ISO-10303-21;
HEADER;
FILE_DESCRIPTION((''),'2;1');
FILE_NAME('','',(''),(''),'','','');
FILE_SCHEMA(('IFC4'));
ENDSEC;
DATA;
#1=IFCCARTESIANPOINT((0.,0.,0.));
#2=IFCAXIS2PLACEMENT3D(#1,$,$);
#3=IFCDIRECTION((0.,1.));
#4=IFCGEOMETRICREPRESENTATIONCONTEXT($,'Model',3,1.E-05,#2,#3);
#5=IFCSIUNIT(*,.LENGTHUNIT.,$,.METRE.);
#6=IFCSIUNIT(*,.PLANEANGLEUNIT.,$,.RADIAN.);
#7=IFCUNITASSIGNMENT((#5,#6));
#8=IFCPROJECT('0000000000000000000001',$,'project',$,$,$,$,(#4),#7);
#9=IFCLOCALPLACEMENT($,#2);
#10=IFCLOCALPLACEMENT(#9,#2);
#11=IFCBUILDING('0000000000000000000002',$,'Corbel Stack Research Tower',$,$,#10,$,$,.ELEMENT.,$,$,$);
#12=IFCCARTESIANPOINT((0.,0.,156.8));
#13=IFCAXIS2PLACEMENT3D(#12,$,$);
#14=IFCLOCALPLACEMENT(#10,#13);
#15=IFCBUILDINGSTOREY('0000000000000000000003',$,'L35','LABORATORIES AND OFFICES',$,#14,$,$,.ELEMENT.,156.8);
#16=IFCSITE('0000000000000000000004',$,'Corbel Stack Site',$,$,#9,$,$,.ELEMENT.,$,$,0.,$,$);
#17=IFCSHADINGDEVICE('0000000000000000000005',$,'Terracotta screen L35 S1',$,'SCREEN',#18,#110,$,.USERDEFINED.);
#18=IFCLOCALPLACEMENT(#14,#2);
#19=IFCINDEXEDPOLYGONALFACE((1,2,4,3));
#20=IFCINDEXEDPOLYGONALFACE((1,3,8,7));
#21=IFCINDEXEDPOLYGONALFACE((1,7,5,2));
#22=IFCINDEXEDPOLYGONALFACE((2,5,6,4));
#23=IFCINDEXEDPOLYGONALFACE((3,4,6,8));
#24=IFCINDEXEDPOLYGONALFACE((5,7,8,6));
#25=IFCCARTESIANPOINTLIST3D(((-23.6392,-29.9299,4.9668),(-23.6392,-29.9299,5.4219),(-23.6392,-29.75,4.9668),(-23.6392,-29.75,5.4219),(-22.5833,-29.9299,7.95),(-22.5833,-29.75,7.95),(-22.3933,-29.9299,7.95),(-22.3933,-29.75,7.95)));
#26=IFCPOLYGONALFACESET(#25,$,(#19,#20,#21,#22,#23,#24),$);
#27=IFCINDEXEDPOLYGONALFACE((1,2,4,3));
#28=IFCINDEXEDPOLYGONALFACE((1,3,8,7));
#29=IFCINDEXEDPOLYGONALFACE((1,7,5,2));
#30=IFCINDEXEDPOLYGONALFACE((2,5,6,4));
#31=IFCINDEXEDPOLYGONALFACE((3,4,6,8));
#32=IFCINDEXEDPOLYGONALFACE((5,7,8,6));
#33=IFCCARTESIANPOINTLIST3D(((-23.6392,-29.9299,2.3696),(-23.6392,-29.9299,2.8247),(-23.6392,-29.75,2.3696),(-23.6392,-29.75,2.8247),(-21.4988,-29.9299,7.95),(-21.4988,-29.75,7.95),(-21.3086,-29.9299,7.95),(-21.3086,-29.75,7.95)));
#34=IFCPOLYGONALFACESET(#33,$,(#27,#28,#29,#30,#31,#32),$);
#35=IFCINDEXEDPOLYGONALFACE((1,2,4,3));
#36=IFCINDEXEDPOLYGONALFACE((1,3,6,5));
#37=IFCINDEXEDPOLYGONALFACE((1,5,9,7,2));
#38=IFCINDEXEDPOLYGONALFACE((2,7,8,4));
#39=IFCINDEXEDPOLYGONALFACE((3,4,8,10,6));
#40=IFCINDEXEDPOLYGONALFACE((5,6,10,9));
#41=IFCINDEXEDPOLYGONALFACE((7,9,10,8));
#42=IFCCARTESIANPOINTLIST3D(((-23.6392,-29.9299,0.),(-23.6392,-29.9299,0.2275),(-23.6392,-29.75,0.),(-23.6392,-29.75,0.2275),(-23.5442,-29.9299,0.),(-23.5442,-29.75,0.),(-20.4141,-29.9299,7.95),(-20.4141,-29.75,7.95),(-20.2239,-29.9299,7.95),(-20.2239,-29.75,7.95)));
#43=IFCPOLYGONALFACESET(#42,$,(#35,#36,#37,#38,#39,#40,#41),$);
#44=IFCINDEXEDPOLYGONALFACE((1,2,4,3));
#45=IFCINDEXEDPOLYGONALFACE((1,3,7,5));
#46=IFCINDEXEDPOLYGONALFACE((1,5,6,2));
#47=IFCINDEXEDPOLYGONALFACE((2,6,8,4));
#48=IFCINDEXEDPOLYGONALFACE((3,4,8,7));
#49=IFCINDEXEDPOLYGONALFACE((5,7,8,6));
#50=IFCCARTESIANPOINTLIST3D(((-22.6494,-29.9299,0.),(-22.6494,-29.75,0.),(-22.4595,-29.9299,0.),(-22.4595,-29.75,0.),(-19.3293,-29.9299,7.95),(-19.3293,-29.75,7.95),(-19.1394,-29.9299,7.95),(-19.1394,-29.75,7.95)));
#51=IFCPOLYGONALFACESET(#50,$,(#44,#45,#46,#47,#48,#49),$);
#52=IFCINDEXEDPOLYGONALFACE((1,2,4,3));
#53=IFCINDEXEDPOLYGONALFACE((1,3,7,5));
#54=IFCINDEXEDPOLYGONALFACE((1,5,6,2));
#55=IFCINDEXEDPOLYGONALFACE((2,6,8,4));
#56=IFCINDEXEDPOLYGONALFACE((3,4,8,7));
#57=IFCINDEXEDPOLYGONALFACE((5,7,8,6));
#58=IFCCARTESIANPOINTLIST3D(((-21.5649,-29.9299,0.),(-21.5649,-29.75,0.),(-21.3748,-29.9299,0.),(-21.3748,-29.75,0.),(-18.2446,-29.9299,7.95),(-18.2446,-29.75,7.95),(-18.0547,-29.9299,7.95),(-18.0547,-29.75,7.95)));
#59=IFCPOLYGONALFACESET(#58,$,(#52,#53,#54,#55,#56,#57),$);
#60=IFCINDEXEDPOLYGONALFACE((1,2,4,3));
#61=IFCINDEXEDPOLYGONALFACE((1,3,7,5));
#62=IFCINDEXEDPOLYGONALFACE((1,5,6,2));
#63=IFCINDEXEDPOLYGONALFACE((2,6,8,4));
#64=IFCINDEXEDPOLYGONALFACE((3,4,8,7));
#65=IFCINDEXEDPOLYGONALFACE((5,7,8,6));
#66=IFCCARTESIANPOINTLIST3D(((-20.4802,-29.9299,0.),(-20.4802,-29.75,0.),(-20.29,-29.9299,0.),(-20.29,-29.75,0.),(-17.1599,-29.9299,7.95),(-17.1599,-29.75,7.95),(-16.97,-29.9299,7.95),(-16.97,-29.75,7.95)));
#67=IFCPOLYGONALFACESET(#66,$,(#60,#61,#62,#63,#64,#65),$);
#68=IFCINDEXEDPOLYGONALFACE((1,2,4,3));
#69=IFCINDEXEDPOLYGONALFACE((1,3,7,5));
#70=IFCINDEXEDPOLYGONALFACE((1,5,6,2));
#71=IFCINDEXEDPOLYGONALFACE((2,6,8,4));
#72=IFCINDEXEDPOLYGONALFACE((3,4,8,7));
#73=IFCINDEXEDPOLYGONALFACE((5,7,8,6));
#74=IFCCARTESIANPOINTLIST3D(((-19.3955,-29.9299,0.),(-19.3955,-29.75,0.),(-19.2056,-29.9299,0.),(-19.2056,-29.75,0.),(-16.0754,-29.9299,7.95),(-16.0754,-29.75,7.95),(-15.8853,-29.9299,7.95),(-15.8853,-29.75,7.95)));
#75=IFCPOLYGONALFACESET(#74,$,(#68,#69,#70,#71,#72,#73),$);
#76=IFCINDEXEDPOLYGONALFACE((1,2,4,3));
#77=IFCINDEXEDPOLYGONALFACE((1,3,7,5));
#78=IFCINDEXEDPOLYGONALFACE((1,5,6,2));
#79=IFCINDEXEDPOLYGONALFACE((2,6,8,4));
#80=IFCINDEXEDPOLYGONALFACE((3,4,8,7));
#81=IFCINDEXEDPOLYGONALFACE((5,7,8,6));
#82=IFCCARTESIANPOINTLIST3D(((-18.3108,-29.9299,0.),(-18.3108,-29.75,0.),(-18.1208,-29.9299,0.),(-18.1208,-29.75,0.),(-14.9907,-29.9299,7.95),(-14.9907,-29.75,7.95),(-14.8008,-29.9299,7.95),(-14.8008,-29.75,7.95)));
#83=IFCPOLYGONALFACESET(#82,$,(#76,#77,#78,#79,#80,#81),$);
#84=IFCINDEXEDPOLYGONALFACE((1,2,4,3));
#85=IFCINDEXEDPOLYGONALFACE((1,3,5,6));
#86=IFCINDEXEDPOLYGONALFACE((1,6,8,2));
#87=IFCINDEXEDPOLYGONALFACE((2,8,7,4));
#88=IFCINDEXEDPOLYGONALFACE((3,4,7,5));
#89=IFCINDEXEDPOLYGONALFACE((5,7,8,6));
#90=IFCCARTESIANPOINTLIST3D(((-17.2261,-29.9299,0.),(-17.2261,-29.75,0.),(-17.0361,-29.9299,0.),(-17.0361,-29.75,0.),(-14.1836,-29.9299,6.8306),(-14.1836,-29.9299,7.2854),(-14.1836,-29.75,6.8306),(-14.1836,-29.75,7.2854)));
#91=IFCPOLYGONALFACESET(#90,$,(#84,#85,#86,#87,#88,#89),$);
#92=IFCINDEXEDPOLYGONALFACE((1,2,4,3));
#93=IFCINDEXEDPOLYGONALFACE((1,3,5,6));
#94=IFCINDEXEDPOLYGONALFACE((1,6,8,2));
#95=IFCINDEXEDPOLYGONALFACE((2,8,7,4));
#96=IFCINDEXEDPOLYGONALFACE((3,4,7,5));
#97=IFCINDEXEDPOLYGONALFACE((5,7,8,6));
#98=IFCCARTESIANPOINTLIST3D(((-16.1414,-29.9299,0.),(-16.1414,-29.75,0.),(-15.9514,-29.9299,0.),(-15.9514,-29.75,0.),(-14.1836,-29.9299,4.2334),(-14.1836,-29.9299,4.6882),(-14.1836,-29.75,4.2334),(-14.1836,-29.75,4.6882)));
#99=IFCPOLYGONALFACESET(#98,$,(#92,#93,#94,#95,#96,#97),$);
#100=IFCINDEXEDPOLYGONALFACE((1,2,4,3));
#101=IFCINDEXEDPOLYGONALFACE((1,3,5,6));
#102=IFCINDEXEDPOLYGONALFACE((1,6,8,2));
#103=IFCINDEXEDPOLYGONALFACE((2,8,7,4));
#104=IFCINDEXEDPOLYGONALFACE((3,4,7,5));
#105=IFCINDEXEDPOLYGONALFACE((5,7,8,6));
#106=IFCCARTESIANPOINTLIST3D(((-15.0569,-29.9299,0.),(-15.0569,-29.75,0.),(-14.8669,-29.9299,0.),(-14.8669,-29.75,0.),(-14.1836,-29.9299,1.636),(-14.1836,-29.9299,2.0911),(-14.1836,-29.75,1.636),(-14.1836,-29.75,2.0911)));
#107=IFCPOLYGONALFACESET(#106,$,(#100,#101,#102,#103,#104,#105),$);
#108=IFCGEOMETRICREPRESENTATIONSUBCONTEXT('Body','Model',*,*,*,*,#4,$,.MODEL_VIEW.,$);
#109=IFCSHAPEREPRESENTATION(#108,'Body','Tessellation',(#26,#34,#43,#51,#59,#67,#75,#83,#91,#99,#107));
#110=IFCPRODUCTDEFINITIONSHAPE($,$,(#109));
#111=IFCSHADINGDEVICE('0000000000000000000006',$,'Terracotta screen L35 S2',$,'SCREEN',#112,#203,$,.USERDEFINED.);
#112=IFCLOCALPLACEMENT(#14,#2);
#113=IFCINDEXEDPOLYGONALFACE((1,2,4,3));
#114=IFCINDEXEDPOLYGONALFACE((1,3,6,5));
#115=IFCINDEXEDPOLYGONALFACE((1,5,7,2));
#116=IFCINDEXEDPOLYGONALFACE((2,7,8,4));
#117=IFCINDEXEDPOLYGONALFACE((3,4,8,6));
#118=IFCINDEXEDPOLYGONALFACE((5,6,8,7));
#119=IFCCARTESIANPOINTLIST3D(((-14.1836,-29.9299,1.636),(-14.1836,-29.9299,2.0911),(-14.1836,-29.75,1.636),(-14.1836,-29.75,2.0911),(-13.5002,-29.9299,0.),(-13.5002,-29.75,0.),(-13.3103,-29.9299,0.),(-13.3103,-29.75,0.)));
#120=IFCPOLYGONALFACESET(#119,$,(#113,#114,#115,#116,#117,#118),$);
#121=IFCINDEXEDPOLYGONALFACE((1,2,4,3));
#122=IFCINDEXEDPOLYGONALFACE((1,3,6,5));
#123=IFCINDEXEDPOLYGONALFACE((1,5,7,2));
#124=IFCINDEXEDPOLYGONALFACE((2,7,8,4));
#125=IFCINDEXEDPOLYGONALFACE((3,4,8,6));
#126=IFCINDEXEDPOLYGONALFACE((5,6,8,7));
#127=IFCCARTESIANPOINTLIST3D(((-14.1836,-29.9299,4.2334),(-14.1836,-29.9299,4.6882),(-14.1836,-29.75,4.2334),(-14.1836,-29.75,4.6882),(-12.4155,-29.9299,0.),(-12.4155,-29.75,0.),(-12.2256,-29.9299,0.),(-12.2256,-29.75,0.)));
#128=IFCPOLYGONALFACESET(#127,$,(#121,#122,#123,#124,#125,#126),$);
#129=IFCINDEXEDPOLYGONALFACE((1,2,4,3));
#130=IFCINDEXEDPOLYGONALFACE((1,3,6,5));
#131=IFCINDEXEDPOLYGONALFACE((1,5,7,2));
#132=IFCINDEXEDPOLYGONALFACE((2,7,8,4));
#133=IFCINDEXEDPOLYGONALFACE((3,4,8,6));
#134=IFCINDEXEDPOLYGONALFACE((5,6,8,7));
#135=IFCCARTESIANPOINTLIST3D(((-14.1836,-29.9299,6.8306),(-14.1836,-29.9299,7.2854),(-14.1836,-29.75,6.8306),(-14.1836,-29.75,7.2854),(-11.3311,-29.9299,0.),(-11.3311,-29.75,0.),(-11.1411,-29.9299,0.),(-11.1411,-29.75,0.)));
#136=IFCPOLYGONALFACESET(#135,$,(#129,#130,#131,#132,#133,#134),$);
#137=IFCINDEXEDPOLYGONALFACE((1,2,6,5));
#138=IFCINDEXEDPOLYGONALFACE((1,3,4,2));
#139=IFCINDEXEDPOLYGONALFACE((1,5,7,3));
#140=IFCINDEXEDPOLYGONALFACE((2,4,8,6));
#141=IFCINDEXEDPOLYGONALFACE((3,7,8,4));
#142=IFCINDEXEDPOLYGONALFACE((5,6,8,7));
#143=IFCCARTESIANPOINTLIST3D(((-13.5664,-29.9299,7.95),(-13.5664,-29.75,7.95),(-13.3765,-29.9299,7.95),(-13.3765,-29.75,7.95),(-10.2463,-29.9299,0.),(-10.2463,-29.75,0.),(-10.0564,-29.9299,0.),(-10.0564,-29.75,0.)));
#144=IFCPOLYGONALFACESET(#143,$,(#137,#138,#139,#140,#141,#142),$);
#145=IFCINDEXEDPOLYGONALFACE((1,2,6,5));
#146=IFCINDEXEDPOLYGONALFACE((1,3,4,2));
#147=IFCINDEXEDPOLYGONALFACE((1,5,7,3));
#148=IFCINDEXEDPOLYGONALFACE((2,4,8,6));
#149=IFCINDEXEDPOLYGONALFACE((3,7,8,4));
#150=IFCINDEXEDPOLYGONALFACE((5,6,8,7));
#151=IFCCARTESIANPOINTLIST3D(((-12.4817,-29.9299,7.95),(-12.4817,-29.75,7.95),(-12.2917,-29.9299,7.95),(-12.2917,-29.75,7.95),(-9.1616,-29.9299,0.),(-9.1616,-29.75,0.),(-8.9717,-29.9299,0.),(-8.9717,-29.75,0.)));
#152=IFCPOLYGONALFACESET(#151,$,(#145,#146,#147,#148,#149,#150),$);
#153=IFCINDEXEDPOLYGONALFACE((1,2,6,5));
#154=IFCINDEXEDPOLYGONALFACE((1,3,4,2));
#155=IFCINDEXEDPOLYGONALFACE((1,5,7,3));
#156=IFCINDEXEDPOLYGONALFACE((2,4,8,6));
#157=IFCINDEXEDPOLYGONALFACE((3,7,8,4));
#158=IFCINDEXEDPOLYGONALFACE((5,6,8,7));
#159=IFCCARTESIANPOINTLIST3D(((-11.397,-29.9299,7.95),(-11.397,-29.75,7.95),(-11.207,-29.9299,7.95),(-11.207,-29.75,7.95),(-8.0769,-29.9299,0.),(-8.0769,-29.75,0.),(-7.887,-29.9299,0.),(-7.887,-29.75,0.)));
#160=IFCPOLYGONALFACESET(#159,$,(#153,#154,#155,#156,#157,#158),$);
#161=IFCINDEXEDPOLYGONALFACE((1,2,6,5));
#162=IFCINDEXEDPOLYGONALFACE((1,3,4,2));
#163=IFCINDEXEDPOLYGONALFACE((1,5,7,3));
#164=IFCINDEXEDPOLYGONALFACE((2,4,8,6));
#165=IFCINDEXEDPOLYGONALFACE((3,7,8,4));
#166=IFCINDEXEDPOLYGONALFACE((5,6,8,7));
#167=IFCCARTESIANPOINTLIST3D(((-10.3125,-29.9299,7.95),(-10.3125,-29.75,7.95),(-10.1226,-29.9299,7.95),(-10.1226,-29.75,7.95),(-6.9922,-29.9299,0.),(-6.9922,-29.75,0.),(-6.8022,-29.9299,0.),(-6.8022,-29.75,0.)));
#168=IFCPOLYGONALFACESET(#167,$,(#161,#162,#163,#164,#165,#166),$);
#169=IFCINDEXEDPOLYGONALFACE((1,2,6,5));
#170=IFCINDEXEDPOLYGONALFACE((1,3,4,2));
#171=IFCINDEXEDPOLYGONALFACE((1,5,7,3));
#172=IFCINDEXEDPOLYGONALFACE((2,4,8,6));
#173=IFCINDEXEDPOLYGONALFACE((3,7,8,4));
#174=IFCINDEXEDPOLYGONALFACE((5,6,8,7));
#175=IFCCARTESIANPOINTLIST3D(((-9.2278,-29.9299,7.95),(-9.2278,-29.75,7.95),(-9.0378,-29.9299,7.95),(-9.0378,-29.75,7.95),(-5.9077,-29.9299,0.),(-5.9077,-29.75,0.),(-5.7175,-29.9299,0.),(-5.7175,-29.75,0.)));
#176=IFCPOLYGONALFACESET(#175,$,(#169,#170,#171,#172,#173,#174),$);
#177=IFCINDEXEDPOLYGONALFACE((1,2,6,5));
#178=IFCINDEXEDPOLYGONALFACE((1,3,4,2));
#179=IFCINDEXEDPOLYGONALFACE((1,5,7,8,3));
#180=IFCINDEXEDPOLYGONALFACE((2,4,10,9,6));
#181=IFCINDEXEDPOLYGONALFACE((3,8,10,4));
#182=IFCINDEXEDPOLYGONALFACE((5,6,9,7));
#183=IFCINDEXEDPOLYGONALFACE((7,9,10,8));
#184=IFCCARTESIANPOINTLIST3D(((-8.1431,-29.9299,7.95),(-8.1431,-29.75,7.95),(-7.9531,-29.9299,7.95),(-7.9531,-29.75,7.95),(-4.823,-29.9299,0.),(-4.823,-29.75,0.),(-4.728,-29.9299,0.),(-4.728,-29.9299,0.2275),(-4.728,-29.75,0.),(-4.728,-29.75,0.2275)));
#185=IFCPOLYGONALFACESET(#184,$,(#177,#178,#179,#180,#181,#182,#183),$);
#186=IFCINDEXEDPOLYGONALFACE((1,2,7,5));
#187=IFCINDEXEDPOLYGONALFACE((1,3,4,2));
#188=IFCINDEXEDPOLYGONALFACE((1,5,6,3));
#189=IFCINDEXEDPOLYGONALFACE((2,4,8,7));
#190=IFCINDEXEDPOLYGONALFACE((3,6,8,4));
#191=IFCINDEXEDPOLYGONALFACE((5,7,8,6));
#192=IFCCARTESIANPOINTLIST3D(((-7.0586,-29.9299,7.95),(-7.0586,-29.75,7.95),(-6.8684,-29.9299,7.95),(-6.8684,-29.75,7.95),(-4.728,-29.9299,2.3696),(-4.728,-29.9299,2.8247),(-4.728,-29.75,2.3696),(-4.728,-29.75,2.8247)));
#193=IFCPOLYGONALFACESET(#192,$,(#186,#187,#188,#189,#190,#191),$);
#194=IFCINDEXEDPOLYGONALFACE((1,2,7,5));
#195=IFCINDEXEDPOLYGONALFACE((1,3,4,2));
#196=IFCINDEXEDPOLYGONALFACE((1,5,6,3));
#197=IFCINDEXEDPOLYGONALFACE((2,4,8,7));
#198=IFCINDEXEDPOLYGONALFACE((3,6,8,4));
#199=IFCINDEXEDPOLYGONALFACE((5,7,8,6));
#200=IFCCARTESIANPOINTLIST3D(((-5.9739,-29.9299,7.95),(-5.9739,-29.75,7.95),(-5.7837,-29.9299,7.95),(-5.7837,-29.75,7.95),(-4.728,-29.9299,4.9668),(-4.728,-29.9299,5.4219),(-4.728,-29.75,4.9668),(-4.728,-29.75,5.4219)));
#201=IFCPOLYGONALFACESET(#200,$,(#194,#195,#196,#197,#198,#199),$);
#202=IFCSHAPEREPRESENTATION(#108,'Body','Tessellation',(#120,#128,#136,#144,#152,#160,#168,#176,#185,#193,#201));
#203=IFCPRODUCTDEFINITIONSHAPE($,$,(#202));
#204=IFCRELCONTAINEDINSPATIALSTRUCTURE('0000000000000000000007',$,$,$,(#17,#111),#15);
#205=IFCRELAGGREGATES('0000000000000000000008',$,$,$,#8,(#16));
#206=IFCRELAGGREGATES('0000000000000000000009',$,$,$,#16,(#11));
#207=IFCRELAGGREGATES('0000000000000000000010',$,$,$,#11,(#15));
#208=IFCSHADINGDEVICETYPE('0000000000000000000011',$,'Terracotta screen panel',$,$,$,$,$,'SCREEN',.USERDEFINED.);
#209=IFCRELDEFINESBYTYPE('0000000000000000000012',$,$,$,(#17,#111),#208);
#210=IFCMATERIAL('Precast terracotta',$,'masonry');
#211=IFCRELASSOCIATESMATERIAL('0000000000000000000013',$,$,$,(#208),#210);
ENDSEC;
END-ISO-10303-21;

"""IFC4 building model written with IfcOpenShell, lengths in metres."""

from ifc_helpers import new_model, si_unit, direction, frame, origin, place, context, subcontext, project, spatial, polyline, outline, extrude, source, transform, mapped, material, type_object, element, save


model = new_model("IFC4")

# Units and contexts
model_context = context("Model", 3, precision=1e-05, world=origin(), true_north=direction((0.0, 1.0)))
body_context = subcontext(model_context, "Body", "Model", "MODEL_VIEW")
ifc_project = project(units=[si_unit("LENGTHUNIT", "METRE"), si_unit("PLANEANGLEUNIT", "RADIAN")], contexts=[model_context])

# Site, building, storey
site_placement = place(None, origin())
site = spatial("IfcSite", under=ifc_project, at=site_placement, Name="Corbel Stack Site", CompositionType="ELEMENT", RefElevation=0.0)
building_placement = place(site_placement, origin())
building = spatial("IfcBuilding", under=site, at=building_placement, Name="Corbel Stack Research Tower", CompositionType="ELEMENT")
storey_placement = place(building_placement, frame((0.0, 0.0, 156.8)))
storey = spatial("IfcBuildingStorey", under=building, at=storey_placement, Name="L35", Description="LABORATORIES AND OFFICES", CompositionType="ELEMENT", Elevation=156.8)

# Shading devices
ifc_material_1 = material(Name="Precast terracotta", Category="masonry")
shading_device_type = type_object("IfcShadingDeviceType", Name="Terracotta screen panel", ElementType="SCREEN", PredefinedType="USERDEFINED", material=ifc_material_1)
shared_shape_1 = source(origin(), body_context, "Body", "SweptSolid", [
    extrude(outline(polyline([(1.2458, 7.95), (1.0559, 7.95), (0.0, 5.4219), (0.0, 4.9668), (1.2458, 7.95)])), frame((0.0, 0.0, 0.0), z_axis=(0.0, -1.0, 0.0), x_axis=(1.0, 0.0, 0.0)), (0.0, 0.0, 1.0), 0.1799),
    extrude(outline(polyline([(2.3306, 7.95), (2.1404, 7.95), (0.0, 2.8247), (0.0, 2.3696), (2.3306, 7.95)])), frame((0.0, 0.0, 0.0), z_axis=(0.0, -1.0, 0.0), x_axis=(1.0, 0.0, 0.0)), (0.0, 0.0, 1.0), 0.1799),
    extrude(outline(polyline([(0.095, 0.0), (3.4153, 7.95), (3.2251, 7.95), (0.0, 0.2275), (0.0, 0.0), (0.095, 0.0)])), frame((0.0, 0.0, 0.0), z_axis=(0.0, -1.0, 0.0), x_axis=(1.0, 0.0, 0.0)), (0.0, 0.0, 1.0), 0.1799),
    extrude(outline(polyline([(1.1797, 0.0), (4.4998, 7.95), (4.3098, 7.95), (0.9897, 0.0), (1.1797, 0.0)])), frame((0.0, 0.0, 0.0), z_axis=(0.0, -1.0, 0.0), x_axis=(1.0, 0.0, 0.0)), (0.0, 0.0, 1.0), 0.1799),
    extrude(outline(polyline([(2.2644, 0.0), (5.5845, 7.95), (5.3945, 7.95), (2.0742, 0.0), (2.2644, 0.0)])), frame((0.0, 0.0, 0.0), z_axis=(0.0, -1.0, 0.0), x_axis=(1.0, 0.0, 0.0)), (0.0, 0.0, 1.0), 0.1799),
    extrude(outline(polyline([(3.3491, 0.0), (6.6692, 7.95), (6.4792, 7.95), (3.1589, 0.0), (3.3491, 0.0)])), frame((0.0, 0.0, 0.0), z_axis=(0.0, -1.0, 0.0), x_axis=(1.0, 0.0, 0.0)), (0.0, 0.0, 1.0), 0.1799),
    extrude(outline(polyline([(4.4336, 0.0), (7.7539, 7.95), (7.5637, 7.95), (4.2437, 0.0), (4.4336, 0.0)])), frame((0.0, 0.0, 0.0), z_axis=(0.0, -1.0, 0.0), x_axis=(1.0, 0.0, 0.0)), (0.0, 0.0, 1.0), 0.1799),
    extrude(outline(polyline([(5.5183, 0.0), (8.8384, 7.95), (8.6484, 7.95), (5.3284, 0.0), (5.5183, 0.0)])), frame((0.0, 0.0, 0.0), z_axis=(0.0, -1.0, 0.0), x_axis=(1.0, 0.0, 0.0)), (0.0, 0.0, 1.0), 0.1799),
    extrude(outline(polyline([(6.603, 0.0), (9.4556, 6.8306), (9.4556, 7.2854), (6.4131, 0.0), (6.603, 0.0)])), frame((0.0, 0.0, 0.0), z_axis=(0.0, -1.0, 0.0), x_axis=(1.0, 0.0, 0.0)), (0.0, 0.0, 1.0), 0.1799),
    extrude(outline(polyline([(7.6877, 0.0), (9.4556, 4.2334), (9.4556, 4.6882), (7.4978, 0.0), (7.6877, 0.0)])), frame((0.0, 0.0, 0.0), z_axis=(0.0, -1.0, 0.0), x_axis=(1.0, 0.0, 0.0)), (0.0, 0.0, 1.0), 0.1799),
    extrude(outline(polyline([(8.7722, 0.0), (9.4556, 1.636), (9.4556, 2.0911), (8.5823, 0.0), (8.7722, 0.0)])), frame((0.0, 0.0, 0.0), z_axis=(0.0, -1.0, 0.0), x_axis=(1.0, 0.0, 0.0)), (0.0, 0.0, 1.0), 0.1799),
])
shading_device_1_placement = place(storey_placement, frame((-23.6392, -29.75, 0.0), z_axis=(0.0, 0.0, 1.0), x_axis=(1.0, 0.0, 0.0)))
element("IfcShadingDevice", 1, at=shading_device_1_placement, inside=storey, type_object=shading_device_type, Name="Terracotta screen L35 S1", ObjectType="SCREEN", PredefinedType="USERDEFINED", context=body_context, shape_type="MappedRepresentation", body=[
    mapped(shared_shape_1, transform((0.0, 0.0, 0.0))),
])
shared_shape_2 = source(origin(), body_context, "Body", "SweptSolid", [
    extrude(outline(polyline([(0.8733, 0.0), (0.0, 2.0911), (0.0, 1.636), (0.6833, 0.0), (0.8733, 0.0)])), frame((0.0, 0.0, 0.0), z_axis=(0.0, -1.0, 0.0), x_axis=(1.0, 0.0, 0.0)), (0.0, 0.0, 1.0), 0.1799),
    extrude(outline(polyline([(1.958, 0.0), (0.0, 4.6882), (0.0, 4.2334), (1.7681, 0.0), (1.958, 0.0)])), frame((0.0, 0.0, 0.0), z_axis=(0.0, -1.0, 0.0), x_axis=(1.0, 0.0, 0.0)), (0.0, 0.0, 1.0), 0.1799),
    extrude(outline(polyline([(3.0425, 0.0), (0.0, 7.2854), (0.0, 6.8306), (2.8525, 0.0), (3.0425, 0.0)])), frame((0.0, 0.0, 0.0), z_axis=(0.0, -1.0, 0.0), x_axis=(1.0, 0.0, 0.0)), (0.0, 0.0, 1.0), 0.1799),
    extrude(outline(polyline([(4.1272, 0.0), (0.8071, 7.95), (0.6172, 7.95), (3.9373, 0.0), (4.1272, 0.0)])), frame((0.0, 0.0, 0.0), z_axis=(0.0, -1.0, 0.0), x_axis=(1.0, 0.0, 0.0)), (0.0, 0.0, 1.0), 0.1799),
    extrude(outline(polyline([(5.2119, 0.0), (1.8918, 7.95), (1.7019, 7.95), (5.022, 0.0), (5.2119, 0.0)])), frame((0.0, 0.0, 0.0), z_axis=(0.0, -1.0, 0.0), x_axis=(1.0, 0.0, 0.0)), (0.0, 0.0, 1.0), 0.1799),
    extrude(outline(polyline([(6.2966, 0.0), (2.9766, 7.95), (2.7866, 7.95), (6.1067, 0.0), (6.2966, 0.0)])), frame((0.0, 0.0, 0.0), z_axis=(0.0, -1.0, 0.0), x_axis=(1.0, 0.0, 0.0)), (0.0, 0.0, 1.0), 0.1799),
    extrude(outline(polyline([(7.3813, 0.0), (4.061, 7.95), (3.8711, 7.95), (7.1914, 0.0), (7.3813, 0.0)])), frame((0.0, 0.0, 0.0), z_axis=(0.0, -1.0, 0.0), x_axis=(1.0, 0.0, 0.0)), (0.0, 0.0, 1.0), 0.1799),
    extrude(outline(polyline([(8.4661, 0.0), (5.1458, 7.95), (4.9558, 7.95), (8.2759, 0.0), (8.4661, 0.0)])), frame((0.0, 0.0, 0.0), z_axis=(0.0, -1.0, 0.0), x_axis=(1.0, 0.0, 0.0)), (0.0, 0.0, 1.0), 0.1799),
    extrude(outline(polyline([(9.4556, 0.0), (9.4556, 0.2275), (6.2305, 7.95), (6.0405, 7.95), (9.3606, 0.0), (9.4556, 0.0)])), frame((0.0, 0.0, 0.0), z_axis=(0.0, -1.0, 0.0), x_axis=(1.0, 0.0, 0.0)), (0.0, 0.0, 1.0), 0.1799),
    extrude(outline(polyline([(7.3152, 7.95), (7.125, 7.95), (9.4556, 2.3696), (9.4556, 2.8247), (7.3152, 7.95)])), frame((0.0, 0.0, 0.0), z_axis=(0.0, -1.0, 0.0), x_axis=(1.0, 0.0, 0.0)), (0.0, 0.0, 1.0), 0.1799),
    extrude(outline(polyline([(8.3999, 7.95), (8.2097, 7.95), (9.4556, 4.9668), (9.4556, 5.4219), (8.3999, 7.95)])), frame((0.0, 0.0, 0.0), z_axis=(0.0, -1.0, 0.0), x_axis=(1.0, 0.0, 0.0)), (0.0, 0.0, 1.0), 0.1799),
])
shading_device_2_placement = place(storey_placement, frame((-14.1836, -29.75, 0.0), z_axis=(0.0, 0.0, 1.0), x_axis=(1.0, 0.0, 0.0)))
element("IfcShadingDevice", 2, at=shading_device_2_placement, inside=storey, type_object=shading_device_type, Name="Terracotta screen L35 S2", ObjectType="SCREEN", PredefinedType="USERDEFINED", context=body_context, shape_type="MappedRepresentation", body=[
    mapped(shared_shape_2, transform((0.0, 0.0, 0.0))),
])

save(model, "model.ifc")
